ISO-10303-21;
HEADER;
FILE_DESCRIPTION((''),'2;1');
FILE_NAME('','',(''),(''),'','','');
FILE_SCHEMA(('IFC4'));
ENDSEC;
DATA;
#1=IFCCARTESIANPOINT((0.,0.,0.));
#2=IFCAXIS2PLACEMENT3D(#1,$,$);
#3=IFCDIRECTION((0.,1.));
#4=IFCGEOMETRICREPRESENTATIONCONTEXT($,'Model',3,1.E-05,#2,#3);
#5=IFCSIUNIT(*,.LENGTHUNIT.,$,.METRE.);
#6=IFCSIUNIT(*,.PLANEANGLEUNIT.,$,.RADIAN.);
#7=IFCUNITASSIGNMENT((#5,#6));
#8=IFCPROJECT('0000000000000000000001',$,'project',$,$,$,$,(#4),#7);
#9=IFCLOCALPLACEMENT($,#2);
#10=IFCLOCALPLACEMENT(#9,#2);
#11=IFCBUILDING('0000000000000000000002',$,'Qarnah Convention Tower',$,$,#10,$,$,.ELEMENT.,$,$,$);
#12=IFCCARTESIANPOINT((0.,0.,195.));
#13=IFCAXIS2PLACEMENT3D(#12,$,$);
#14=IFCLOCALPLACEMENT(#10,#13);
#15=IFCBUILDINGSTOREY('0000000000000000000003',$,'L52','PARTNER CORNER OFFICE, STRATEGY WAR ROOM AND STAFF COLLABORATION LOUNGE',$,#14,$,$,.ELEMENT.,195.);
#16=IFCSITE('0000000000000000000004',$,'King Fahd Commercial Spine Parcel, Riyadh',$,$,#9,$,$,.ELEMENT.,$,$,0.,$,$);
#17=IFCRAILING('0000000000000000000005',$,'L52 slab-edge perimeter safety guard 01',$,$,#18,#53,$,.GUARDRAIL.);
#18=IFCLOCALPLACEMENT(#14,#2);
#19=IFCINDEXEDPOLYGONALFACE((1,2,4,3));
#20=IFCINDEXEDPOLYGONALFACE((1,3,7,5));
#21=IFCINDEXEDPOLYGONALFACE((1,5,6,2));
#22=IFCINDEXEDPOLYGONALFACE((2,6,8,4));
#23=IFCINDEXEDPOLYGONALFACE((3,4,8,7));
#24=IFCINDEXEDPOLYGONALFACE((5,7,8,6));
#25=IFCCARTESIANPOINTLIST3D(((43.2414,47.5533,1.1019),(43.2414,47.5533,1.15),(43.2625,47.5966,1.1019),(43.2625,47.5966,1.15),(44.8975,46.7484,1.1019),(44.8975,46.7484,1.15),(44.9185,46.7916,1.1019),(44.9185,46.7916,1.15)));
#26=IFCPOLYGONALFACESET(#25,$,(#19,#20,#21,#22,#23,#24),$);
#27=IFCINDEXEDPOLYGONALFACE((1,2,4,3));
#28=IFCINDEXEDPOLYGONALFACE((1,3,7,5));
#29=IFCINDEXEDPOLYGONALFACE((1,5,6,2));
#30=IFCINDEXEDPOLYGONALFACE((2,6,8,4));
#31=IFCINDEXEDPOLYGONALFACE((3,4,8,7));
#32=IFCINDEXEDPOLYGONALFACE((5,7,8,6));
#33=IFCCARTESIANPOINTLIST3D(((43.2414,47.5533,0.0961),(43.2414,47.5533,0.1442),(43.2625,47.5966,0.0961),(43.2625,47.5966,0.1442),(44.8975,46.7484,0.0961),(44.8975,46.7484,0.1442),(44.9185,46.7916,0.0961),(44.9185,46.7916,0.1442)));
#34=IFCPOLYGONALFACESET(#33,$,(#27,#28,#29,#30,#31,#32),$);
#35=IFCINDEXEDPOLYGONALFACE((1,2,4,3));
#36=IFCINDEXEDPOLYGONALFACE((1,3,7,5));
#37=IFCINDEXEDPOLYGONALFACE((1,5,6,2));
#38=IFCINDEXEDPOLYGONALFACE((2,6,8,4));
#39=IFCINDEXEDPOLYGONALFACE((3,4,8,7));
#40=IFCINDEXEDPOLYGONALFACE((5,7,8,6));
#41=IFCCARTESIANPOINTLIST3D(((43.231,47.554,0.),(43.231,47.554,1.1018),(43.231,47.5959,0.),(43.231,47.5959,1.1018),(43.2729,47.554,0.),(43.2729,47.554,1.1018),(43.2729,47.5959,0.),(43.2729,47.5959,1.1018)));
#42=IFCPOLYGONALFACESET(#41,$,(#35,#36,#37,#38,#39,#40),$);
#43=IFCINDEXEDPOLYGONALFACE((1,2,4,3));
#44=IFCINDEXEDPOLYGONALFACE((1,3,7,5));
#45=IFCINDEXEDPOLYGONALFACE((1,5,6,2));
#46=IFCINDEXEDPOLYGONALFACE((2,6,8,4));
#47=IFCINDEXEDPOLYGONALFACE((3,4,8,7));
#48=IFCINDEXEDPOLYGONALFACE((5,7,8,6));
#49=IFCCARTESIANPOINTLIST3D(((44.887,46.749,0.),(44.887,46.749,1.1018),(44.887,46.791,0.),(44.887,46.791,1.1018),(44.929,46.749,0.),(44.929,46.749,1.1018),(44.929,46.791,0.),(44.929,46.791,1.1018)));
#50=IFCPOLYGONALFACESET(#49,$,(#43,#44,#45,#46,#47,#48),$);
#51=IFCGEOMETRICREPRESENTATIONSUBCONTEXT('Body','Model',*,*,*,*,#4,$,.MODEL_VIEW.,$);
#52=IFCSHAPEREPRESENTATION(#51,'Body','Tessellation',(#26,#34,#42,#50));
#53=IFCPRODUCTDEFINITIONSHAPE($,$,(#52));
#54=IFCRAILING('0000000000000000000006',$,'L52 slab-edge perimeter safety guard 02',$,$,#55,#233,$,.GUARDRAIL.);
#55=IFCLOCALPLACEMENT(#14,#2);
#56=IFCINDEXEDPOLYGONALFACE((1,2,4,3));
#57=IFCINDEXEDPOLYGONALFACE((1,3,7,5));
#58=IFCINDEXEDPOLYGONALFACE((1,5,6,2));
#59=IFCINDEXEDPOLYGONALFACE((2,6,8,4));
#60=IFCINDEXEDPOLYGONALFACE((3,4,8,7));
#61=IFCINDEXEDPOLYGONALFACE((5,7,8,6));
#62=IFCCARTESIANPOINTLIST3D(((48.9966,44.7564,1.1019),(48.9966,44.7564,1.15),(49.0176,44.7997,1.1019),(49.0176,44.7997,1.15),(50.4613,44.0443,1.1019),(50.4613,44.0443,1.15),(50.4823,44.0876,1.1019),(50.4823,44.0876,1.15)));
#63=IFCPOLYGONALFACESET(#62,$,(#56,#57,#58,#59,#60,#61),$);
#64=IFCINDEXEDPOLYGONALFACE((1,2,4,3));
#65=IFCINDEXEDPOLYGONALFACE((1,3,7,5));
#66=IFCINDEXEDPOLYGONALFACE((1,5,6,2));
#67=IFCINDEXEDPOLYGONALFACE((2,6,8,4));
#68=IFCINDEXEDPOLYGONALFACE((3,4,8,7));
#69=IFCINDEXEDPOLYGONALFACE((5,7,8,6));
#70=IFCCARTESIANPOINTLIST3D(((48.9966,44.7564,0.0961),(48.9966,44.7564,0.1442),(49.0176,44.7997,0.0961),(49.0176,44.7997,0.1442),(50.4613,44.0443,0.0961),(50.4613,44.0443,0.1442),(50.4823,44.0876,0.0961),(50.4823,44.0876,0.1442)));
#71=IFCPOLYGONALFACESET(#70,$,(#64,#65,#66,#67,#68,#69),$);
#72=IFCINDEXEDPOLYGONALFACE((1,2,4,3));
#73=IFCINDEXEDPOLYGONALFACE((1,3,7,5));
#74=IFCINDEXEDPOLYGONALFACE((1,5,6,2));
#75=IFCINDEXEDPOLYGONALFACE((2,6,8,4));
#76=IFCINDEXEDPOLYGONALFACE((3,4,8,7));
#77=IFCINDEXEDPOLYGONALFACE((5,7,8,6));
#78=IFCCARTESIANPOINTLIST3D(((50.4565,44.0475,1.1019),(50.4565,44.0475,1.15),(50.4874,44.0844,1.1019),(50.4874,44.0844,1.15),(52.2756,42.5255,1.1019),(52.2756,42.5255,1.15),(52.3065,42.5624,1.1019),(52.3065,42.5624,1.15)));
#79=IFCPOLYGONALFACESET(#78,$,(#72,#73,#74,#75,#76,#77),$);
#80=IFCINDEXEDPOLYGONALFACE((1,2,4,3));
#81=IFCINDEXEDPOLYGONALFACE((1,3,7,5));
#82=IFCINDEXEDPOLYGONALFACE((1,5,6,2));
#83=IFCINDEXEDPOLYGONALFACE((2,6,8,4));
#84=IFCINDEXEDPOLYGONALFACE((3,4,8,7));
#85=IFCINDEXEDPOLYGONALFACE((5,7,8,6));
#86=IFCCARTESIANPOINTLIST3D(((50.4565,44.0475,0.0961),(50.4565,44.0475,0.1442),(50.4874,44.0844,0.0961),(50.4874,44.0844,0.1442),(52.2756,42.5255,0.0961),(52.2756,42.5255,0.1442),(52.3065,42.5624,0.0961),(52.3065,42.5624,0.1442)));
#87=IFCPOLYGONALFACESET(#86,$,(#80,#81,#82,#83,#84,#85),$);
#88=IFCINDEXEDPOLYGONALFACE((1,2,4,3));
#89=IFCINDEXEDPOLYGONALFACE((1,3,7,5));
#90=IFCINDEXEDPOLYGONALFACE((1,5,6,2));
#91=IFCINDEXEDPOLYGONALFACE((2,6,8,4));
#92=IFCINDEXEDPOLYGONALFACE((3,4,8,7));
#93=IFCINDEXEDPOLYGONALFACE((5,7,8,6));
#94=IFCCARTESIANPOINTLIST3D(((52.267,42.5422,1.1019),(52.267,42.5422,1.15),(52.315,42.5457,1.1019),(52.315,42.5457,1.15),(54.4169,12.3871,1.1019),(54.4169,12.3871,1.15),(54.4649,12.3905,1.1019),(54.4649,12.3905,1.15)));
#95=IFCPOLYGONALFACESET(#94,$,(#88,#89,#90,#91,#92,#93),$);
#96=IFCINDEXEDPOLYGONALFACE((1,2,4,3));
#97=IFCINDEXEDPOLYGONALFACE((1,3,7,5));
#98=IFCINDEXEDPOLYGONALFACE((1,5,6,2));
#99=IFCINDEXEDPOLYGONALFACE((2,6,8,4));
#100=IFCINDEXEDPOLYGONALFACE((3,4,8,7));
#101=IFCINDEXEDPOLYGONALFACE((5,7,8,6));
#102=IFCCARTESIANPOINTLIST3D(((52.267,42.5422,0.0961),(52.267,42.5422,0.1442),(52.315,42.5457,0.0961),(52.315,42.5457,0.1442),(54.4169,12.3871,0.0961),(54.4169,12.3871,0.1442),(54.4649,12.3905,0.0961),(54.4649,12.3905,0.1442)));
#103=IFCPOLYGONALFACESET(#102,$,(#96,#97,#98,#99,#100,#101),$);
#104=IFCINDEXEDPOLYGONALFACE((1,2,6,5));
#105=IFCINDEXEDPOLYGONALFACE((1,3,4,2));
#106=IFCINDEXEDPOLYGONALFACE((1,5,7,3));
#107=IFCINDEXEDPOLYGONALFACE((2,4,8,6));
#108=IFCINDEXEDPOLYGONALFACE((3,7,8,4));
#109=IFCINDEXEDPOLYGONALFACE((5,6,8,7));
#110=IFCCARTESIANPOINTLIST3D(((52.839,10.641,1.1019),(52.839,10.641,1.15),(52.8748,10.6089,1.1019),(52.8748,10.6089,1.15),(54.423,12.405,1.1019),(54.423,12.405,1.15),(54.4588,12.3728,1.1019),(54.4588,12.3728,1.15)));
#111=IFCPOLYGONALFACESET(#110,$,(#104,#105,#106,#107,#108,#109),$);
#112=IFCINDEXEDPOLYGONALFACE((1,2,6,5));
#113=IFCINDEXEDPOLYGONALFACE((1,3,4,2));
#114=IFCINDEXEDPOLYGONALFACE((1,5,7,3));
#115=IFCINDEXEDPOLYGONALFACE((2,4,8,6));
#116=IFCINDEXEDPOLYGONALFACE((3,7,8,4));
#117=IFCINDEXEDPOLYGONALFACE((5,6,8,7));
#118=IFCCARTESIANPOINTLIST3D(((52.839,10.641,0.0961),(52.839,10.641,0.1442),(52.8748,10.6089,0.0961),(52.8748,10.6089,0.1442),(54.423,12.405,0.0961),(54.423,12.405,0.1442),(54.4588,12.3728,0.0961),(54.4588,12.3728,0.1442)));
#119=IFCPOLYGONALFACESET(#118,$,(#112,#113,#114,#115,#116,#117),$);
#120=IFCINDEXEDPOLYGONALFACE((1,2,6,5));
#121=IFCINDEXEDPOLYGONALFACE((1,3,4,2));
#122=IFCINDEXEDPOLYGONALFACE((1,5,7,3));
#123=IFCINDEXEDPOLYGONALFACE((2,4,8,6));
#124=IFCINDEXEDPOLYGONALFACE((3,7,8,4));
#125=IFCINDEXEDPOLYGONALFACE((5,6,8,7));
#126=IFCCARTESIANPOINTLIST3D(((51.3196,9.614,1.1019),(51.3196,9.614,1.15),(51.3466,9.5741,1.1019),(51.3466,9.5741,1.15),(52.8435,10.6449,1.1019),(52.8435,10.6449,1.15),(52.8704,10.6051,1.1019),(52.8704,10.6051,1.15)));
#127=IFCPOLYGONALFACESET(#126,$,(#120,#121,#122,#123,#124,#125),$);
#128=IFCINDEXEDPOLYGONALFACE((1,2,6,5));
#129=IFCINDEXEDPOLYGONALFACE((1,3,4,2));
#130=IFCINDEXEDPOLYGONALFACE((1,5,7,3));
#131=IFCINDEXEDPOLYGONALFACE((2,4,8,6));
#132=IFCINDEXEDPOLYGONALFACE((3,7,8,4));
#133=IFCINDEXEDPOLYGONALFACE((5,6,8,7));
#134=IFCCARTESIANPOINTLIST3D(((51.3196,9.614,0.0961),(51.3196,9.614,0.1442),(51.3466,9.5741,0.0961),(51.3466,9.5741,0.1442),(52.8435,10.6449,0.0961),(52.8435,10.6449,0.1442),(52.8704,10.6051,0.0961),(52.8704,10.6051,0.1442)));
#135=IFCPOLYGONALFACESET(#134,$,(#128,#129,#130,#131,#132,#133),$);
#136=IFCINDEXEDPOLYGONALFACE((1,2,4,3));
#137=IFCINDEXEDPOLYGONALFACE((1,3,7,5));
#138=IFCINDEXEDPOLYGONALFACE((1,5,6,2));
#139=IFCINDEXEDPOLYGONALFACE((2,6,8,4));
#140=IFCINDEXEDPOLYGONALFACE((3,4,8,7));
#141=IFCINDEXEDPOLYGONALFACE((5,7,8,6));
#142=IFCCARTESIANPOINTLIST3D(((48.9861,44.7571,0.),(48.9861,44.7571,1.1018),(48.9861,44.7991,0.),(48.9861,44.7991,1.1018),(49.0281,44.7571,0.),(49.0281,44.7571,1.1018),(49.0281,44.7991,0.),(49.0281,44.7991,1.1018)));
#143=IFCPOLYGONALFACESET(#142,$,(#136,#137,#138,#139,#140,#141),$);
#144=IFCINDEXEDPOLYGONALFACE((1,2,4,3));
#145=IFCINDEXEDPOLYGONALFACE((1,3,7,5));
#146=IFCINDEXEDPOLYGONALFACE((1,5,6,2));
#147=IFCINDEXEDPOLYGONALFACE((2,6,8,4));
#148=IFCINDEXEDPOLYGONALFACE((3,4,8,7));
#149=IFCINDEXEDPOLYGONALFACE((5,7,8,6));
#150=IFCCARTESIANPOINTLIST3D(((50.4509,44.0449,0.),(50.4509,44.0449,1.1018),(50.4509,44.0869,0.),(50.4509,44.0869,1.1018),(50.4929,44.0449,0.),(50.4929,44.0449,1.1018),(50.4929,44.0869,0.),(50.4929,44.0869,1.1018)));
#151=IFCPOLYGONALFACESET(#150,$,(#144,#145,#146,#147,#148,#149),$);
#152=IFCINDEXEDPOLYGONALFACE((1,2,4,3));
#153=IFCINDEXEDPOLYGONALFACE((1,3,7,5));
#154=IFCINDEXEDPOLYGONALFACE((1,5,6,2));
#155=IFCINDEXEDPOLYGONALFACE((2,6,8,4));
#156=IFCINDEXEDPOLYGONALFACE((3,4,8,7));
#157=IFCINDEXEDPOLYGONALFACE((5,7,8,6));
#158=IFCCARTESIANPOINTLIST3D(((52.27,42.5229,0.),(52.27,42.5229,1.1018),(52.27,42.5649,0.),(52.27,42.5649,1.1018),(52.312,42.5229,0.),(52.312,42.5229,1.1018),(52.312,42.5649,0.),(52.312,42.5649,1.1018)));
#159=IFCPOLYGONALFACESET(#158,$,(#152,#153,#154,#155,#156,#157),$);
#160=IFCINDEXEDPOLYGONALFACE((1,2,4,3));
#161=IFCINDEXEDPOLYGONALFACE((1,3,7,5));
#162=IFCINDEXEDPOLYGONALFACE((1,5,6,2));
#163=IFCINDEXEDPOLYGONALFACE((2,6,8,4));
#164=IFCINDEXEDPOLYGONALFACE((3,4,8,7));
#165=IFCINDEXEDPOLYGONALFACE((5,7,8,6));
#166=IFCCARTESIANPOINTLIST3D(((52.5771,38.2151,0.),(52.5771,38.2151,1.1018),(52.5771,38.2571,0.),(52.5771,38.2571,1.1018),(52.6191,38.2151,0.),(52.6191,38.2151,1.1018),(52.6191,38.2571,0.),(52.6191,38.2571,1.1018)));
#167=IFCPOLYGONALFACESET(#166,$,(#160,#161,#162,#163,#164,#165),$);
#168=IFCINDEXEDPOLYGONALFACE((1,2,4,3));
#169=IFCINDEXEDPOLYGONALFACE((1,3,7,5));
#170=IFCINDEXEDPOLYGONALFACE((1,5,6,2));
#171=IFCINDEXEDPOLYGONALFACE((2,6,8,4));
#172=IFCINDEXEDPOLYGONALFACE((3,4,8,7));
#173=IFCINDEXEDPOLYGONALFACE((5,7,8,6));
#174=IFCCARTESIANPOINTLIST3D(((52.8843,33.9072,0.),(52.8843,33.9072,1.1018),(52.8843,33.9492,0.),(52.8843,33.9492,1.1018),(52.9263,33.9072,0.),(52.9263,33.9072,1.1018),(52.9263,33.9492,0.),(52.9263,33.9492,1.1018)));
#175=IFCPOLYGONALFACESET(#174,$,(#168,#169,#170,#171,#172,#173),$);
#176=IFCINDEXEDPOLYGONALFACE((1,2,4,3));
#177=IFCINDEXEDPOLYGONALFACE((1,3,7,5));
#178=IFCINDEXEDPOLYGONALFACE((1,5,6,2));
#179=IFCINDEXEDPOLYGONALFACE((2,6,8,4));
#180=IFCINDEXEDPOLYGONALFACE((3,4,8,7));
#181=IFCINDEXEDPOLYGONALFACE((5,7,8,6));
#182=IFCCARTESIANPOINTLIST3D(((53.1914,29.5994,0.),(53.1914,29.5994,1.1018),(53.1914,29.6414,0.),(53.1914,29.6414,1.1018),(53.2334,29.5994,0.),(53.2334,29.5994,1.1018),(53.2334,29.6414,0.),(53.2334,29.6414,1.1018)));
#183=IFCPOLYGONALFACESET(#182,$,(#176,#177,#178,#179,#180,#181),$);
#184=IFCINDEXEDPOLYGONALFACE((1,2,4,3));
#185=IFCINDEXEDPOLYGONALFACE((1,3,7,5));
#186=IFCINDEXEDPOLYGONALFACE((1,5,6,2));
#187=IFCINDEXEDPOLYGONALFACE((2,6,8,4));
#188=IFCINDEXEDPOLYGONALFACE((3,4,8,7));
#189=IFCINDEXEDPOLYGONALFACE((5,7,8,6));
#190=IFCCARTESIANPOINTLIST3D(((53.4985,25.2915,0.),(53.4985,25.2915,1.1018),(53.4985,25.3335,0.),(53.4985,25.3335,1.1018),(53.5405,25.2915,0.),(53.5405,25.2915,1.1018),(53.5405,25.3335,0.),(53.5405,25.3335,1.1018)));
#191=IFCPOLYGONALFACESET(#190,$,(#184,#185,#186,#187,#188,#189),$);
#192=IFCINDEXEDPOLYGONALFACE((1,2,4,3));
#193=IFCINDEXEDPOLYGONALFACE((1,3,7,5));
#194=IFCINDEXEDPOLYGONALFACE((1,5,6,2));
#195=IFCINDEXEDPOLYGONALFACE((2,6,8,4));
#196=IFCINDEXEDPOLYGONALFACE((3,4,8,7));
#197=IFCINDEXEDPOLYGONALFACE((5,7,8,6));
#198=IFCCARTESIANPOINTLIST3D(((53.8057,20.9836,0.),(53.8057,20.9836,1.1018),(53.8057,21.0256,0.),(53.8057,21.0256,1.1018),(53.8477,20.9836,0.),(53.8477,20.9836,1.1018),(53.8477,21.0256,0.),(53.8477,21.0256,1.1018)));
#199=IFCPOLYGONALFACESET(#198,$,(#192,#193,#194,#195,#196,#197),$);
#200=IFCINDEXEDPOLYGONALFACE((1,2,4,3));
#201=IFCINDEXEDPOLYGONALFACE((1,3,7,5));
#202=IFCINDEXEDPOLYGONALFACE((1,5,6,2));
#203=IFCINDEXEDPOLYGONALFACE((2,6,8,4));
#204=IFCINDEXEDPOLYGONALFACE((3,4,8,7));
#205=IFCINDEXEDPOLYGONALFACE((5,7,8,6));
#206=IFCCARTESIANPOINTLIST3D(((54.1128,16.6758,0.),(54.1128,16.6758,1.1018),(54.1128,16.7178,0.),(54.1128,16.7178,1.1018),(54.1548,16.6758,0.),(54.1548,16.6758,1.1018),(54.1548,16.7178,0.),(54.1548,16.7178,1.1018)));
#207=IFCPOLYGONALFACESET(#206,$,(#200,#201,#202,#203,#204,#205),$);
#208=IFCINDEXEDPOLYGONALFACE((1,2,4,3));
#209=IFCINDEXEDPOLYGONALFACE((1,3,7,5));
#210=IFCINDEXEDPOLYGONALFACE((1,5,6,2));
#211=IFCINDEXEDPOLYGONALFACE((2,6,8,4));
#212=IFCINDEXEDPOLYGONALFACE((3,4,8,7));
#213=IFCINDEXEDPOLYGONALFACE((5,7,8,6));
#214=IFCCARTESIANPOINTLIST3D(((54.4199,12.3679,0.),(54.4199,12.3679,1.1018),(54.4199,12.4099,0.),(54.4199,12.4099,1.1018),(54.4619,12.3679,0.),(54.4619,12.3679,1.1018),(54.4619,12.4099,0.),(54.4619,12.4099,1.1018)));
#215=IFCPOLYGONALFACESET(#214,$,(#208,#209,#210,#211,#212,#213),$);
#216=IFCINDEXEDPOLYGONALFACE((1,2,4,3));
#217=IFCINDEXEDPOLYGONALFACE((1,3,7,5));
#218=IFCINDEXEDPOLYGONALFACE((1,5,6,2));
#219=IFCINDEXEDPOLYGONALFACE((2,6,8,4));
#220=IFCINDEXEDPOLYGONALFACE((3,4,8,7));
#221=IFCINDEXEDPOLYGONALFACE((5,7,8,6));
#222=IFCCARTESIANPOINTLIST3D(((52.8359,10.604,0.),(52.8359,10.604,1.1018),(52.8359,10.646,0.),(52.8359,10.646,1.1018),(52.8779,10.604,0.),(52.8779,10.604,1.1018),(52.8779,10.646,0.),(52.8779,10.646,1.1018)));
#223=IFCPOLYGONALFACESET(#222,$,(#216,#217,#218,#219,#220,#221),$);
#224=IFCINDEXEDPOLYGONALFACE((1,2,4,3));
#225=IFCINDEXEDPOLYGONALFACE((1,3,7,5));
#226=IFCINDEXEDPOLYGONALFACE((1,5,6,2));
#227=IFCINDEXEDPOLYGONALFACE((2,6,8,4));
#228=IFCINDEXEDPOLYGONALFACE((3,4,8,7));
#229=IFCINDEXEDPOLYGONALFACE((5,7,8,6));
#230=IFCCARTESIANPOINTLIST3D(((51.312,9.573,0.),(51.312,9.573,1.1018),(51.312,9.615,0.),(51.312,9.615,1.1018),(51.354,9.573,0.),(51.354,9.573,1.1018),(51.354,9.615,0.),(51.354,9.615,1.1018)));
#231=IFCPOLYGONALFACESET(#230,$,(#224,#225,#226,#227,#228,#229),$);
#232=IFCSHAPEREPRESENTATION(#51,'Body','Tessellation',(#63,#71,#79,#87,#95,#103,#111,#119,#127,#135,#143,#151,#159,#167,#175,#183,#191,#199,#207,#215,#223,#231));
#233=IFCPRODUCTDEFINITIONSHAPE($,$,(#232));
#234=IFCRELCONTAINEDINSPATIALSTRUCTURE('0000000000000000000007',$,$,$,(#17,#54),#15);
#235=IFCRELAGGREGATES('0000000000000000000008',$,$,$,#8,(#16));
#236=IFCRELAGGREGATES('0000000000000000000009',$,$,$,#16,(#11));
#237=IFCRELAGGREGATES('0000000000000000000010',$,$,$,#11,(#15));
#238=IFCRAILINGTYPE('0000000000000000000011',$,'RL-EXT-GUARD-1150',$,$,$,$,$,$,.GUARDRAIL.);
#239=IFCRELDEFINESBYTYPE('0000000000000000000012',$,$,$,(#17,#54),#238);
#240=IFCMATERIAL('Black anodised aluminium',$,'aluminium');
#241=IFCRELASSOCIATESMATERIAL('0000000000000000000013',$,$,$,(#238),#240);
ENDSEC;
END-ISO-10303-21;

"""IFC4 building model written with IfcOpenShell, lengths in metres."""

from ifc_helpers import new_model, si_unit, direction, frame, origin, origin_2d, place, context, subcontext, project, spatial, rectangle, extrude, material, type_object, element, save


model = new_model("IFC4")

# Units and contexts
model_context = context("Model", 3, precision=1e-05, world=origin(), true_north=direction((0.0, 1.0)))
body_context = subcontext(model_context, "Body", "Model", "MODEL_VIEW")
ifc_project = project(units=[si_unit("LENGTHUNIT", "METRE"), si_unit("PLANEANGLEUNIT", "RADIAN")], contexts=[model_context])

# Site, building, storey
site_placement = place(None, origin())
site = spatial("IfcSite", under=ifc_project, at=site_placement, Name="King Fahd Commercial Spine Parcel, Riyadh", CompositionType="ELEMENT", RefElevation=0.0)
building_placement = place(site_placement, origin())
building = spatial("IfcBuilding", under=site, at=building_placement, Name="Qarnah Convention Tower", CompositionType="ELEMENT")
storey_placement = place(building_placement, frame((0.0, 0.0, 195.0)))
storey = spatial("IfcBuildingStorey", under=building, at=storey_placement, Name="L52", Description="PARTNER CORNER OFFICE, STRATEGY WAR ROOM AND STAFF COLLABORATION LOUNGE", CompositionType="ELEMENT", Elevation=195.0)

# Shared definitions
ifc_material_1 = material(Name="Black anodised aluminium", Category="aluminium")

# Railings
railing_type = type_object("IfcRailingType", Name="RL-EXT-GUARD-1150", PredefinedType="GUARDRAIL", material=ifc_material_1)
railing_1_placement = place(storey_placement, frame((43.252, 47.575, 0.0)))
element("IfcRailing", 1, at=railing_1_placement, inside=storey, type_object=railing_type, Name="L52 slab-edge perimeter safety guard 01", PredefinedType="GUARDRAIL", context=body_context, shape_type="SweptSolid", body=[
    extrude(rectangle(XDim=0.0481, YDim=0.0481, at=origin_2d()), frame((0.0, 0.0, 1.126), z_axis=(0.899383, -0.437161, 0.0), x_axis=(0.437161, 0.899383, 0.0)), (0.0, 0.0, 1.0), 1.8413),
    extrude(rectangle(XDim=0.0481, YDim=0.0481, at=origin_2d()), frame((0.0, 0.0, 0.1201), z_axis=(0.899383, -0.437161, 0.0), x_axis=(0.437161, 0.899383, 0.0)), (0.0, 0.0, 1.0), 1.8413),
    extrude(rectangle(XDim=0.042, YDim=0.042, at=origin_2d()), origin(), (0.0, 0.0, 1.0), 1.1018),
    extrude(rectangle(XDim=0.042, YDim=0.042, at=origin_2d()), frame((1.656, -0.8049, 0.0)), (0.0, 0.0, 1.0), 1.1018),
])
railing_2_placement = place(storey_placement, frame((49.0071, 44.7781, 0.0)))
element("IfcRailing", 2, at=railing_2_placement, inside=storey, type_object=railing_type, Name="L52 slab-edge perimeter safety guard 02", PredefinedType="GUARDRAIL", context=body_context, shape_type="SweptSolid", body=[
    extrude(rectangle(XDim=0.0481, YDim=0.0481, at=origin_2d()), frame((0.0, 0.0, 1.126), z_axis=(0.899348, -0.437233, 0.0), x_axis=(0.437233, 0.899348, 0.0)), (0.0, 0.0, 1.0), 1.6287),
    extrude(rectangle(XDim=0.0481, YDim=0.0481, at=origin_2d()), frame((0.0, 0.0, 0.1201), z_axis=(0.899348, -0.437233, 0.0), x_axis=(0.437233, 0.899348, 0.0)), (0.0, 0.0, 1.0), 1.6287),
    extrude(rectangle(XDim=0.0481, YDim=0.0481, at=origin_2d()), frame((1.4648, -0.7122, 1.126), z_axis=(0.766963, -0.641692, 0.0), x_axis=(0.641692, 0.766963, 0.0)), (0.0, 0.0, 1.0), 2.3718),
    extrude(rectangle(XDim=0.0481, YDim=0.0481, at=origin_2d()), frame((1.4648, -0.7122, 0.1201), z_axis=(0.766963, -0.641692, 0.0), x_axis=(0.641692, 0.766963, 0.0)), (0.0, 0.0, 1.0), 2.3718),
    extrude(rectangle(XDim=0.0481, YDim=0.0481, at=origin_2d()), frame((3.2839, -2.2341, 1.126), z_axis=(0.071114, -0.997468, 0.0), x_axis=(0.997468, 0.071114, 0.0)), (0.0, 0.0, 1.0), 30.2317),
    extrude(rectangle(XDim=0.0481, YDim=0.0481, at=origin_2d()), frame((3.2839, -2.2341, 0.1201), z_axis=(0.071114, -0.997468, 0.0), x_axis=(0.997468, 0.071114, 0.0)), (0.0, 0.0, 1.0), 30.2317),
    extrude(rectangle(XDim=0.0481, YDim=0.0481, at=origin_2d()), frame((5.4338, -32.3892, 1.126), z_axis=(-0.668139, -0.744036, 0.0), x_axis=(0.744036, -0.668139, 0.0)), (0.0, 0.0, 1.0), 2.3708),
    extrude(rectangle(XDim=0.0481, YDim=0.0481, at=origin_2d()), frame((5.4338, -32.3892, 0.1201), z_axis=(-0.668139, -0.744036, 0.0), x_axis=(0.744036, -0.668139, 0.0)), (0.0, 0.0, 1.0), 2.3708),
    extrude(rectangle(XDim=0.0481, YDim=0.0481, at=origin_2d()), frame((3.8499, -34.1531, 1.126), z_axis=(-0.828254, -0.560352, 0.0), x_axis=(0.560352, -0.828254, 0.0)), (0.0, 0.0, 1.0), 1.8398),
    extrude(rectangle(XDim=0.0481, YDim=0.0481, at=origin_2d()), frame((3.8499, -34.1531, 0.1201), z_axis=(-0.828254, -0.560352, 0.0), x_axis=(0.560352, -0.828254, 0.0)), (0.0, 0.0, 1.0), 1.8398),
    extrude(rectangle(XDim=0.042, YDim=0.042, at=origin_2d()), origin(), (0.0, 0.0, 1.0), 1.1018),
    extrude(rectangle(XDim=0.042, YDim=0.042, at=origin_2d()), frame((1.4648, -0.7122, 0.0)), (0.0, 0.0, 1.0), 1.1018),
    extrude(rectangle(XDim=0.042, YDim=0.042, at=origin_2d()), frame((3.2839, -2.2341, 0.0)), (0.0, 0.0, 1.0), 1.1018),
    extrude(rectangle(XDim=0.042, YDim=0.042, at=origin_2d()), frame((3.5911, -6.542, 0.0)), (0.0, 0.0, 1.0), 1.1018),
    extrude(rectangle(XDim=0.042, YDim=0.042, at=origin_2d()), frame((3.8982, -10.8499, 0.0)), (0.0, 0.0, 1.0), 1.1018),
    extrude(rectangle(XDim=0.042, YDim=0.042, at=origin_2d()), frame((4.2053, -15.1577, 0.0)), (0.0, 0.0, 1.0), 1.1018),
    extrude(rectangle(XDim=0.042, YDim=0.042, at=origin_2d()), frame((4.5125, -19.4656, 0.0)), (0.0, 0.0, 1.0), 1.1018),
    extrude(rectangle(XDim=0.042, YDim=0.042, at=origin_2d()), frame((4.8196, -23.7734, 0.0)), (0.0, 0.0, 1.0), 1.1018),
    extrude(rectangle(XDim=0.042, YDim=0.042, at=origin_2d()), frame((5.1267, -28.0813, 0.0)), (0.0, 0.0, 1.0), 1.1018),
    extrude(rectangle(XDim=0.042, YDim=0.042, at=origin_2d()), frame((5.4338, -32.3892, 0.0)), (0.0, 0.0, 1.0), 1.1018),
    extrude(rectangle(XDim=0.042, YDim=0.042, at=origin_2d()), frame((3.8499, -34.1531, 0.0)), (0.0, 0.0, 1.0), 1.1018),
    extrude(rectangle(XDim=0.042, YDim=0.042, at=origin_2d()), frame((2.3259, -35.1841, 0.0)), (0.0, 0.0, 1.0), 1.1018),
])

save(model, "model.ifc")
